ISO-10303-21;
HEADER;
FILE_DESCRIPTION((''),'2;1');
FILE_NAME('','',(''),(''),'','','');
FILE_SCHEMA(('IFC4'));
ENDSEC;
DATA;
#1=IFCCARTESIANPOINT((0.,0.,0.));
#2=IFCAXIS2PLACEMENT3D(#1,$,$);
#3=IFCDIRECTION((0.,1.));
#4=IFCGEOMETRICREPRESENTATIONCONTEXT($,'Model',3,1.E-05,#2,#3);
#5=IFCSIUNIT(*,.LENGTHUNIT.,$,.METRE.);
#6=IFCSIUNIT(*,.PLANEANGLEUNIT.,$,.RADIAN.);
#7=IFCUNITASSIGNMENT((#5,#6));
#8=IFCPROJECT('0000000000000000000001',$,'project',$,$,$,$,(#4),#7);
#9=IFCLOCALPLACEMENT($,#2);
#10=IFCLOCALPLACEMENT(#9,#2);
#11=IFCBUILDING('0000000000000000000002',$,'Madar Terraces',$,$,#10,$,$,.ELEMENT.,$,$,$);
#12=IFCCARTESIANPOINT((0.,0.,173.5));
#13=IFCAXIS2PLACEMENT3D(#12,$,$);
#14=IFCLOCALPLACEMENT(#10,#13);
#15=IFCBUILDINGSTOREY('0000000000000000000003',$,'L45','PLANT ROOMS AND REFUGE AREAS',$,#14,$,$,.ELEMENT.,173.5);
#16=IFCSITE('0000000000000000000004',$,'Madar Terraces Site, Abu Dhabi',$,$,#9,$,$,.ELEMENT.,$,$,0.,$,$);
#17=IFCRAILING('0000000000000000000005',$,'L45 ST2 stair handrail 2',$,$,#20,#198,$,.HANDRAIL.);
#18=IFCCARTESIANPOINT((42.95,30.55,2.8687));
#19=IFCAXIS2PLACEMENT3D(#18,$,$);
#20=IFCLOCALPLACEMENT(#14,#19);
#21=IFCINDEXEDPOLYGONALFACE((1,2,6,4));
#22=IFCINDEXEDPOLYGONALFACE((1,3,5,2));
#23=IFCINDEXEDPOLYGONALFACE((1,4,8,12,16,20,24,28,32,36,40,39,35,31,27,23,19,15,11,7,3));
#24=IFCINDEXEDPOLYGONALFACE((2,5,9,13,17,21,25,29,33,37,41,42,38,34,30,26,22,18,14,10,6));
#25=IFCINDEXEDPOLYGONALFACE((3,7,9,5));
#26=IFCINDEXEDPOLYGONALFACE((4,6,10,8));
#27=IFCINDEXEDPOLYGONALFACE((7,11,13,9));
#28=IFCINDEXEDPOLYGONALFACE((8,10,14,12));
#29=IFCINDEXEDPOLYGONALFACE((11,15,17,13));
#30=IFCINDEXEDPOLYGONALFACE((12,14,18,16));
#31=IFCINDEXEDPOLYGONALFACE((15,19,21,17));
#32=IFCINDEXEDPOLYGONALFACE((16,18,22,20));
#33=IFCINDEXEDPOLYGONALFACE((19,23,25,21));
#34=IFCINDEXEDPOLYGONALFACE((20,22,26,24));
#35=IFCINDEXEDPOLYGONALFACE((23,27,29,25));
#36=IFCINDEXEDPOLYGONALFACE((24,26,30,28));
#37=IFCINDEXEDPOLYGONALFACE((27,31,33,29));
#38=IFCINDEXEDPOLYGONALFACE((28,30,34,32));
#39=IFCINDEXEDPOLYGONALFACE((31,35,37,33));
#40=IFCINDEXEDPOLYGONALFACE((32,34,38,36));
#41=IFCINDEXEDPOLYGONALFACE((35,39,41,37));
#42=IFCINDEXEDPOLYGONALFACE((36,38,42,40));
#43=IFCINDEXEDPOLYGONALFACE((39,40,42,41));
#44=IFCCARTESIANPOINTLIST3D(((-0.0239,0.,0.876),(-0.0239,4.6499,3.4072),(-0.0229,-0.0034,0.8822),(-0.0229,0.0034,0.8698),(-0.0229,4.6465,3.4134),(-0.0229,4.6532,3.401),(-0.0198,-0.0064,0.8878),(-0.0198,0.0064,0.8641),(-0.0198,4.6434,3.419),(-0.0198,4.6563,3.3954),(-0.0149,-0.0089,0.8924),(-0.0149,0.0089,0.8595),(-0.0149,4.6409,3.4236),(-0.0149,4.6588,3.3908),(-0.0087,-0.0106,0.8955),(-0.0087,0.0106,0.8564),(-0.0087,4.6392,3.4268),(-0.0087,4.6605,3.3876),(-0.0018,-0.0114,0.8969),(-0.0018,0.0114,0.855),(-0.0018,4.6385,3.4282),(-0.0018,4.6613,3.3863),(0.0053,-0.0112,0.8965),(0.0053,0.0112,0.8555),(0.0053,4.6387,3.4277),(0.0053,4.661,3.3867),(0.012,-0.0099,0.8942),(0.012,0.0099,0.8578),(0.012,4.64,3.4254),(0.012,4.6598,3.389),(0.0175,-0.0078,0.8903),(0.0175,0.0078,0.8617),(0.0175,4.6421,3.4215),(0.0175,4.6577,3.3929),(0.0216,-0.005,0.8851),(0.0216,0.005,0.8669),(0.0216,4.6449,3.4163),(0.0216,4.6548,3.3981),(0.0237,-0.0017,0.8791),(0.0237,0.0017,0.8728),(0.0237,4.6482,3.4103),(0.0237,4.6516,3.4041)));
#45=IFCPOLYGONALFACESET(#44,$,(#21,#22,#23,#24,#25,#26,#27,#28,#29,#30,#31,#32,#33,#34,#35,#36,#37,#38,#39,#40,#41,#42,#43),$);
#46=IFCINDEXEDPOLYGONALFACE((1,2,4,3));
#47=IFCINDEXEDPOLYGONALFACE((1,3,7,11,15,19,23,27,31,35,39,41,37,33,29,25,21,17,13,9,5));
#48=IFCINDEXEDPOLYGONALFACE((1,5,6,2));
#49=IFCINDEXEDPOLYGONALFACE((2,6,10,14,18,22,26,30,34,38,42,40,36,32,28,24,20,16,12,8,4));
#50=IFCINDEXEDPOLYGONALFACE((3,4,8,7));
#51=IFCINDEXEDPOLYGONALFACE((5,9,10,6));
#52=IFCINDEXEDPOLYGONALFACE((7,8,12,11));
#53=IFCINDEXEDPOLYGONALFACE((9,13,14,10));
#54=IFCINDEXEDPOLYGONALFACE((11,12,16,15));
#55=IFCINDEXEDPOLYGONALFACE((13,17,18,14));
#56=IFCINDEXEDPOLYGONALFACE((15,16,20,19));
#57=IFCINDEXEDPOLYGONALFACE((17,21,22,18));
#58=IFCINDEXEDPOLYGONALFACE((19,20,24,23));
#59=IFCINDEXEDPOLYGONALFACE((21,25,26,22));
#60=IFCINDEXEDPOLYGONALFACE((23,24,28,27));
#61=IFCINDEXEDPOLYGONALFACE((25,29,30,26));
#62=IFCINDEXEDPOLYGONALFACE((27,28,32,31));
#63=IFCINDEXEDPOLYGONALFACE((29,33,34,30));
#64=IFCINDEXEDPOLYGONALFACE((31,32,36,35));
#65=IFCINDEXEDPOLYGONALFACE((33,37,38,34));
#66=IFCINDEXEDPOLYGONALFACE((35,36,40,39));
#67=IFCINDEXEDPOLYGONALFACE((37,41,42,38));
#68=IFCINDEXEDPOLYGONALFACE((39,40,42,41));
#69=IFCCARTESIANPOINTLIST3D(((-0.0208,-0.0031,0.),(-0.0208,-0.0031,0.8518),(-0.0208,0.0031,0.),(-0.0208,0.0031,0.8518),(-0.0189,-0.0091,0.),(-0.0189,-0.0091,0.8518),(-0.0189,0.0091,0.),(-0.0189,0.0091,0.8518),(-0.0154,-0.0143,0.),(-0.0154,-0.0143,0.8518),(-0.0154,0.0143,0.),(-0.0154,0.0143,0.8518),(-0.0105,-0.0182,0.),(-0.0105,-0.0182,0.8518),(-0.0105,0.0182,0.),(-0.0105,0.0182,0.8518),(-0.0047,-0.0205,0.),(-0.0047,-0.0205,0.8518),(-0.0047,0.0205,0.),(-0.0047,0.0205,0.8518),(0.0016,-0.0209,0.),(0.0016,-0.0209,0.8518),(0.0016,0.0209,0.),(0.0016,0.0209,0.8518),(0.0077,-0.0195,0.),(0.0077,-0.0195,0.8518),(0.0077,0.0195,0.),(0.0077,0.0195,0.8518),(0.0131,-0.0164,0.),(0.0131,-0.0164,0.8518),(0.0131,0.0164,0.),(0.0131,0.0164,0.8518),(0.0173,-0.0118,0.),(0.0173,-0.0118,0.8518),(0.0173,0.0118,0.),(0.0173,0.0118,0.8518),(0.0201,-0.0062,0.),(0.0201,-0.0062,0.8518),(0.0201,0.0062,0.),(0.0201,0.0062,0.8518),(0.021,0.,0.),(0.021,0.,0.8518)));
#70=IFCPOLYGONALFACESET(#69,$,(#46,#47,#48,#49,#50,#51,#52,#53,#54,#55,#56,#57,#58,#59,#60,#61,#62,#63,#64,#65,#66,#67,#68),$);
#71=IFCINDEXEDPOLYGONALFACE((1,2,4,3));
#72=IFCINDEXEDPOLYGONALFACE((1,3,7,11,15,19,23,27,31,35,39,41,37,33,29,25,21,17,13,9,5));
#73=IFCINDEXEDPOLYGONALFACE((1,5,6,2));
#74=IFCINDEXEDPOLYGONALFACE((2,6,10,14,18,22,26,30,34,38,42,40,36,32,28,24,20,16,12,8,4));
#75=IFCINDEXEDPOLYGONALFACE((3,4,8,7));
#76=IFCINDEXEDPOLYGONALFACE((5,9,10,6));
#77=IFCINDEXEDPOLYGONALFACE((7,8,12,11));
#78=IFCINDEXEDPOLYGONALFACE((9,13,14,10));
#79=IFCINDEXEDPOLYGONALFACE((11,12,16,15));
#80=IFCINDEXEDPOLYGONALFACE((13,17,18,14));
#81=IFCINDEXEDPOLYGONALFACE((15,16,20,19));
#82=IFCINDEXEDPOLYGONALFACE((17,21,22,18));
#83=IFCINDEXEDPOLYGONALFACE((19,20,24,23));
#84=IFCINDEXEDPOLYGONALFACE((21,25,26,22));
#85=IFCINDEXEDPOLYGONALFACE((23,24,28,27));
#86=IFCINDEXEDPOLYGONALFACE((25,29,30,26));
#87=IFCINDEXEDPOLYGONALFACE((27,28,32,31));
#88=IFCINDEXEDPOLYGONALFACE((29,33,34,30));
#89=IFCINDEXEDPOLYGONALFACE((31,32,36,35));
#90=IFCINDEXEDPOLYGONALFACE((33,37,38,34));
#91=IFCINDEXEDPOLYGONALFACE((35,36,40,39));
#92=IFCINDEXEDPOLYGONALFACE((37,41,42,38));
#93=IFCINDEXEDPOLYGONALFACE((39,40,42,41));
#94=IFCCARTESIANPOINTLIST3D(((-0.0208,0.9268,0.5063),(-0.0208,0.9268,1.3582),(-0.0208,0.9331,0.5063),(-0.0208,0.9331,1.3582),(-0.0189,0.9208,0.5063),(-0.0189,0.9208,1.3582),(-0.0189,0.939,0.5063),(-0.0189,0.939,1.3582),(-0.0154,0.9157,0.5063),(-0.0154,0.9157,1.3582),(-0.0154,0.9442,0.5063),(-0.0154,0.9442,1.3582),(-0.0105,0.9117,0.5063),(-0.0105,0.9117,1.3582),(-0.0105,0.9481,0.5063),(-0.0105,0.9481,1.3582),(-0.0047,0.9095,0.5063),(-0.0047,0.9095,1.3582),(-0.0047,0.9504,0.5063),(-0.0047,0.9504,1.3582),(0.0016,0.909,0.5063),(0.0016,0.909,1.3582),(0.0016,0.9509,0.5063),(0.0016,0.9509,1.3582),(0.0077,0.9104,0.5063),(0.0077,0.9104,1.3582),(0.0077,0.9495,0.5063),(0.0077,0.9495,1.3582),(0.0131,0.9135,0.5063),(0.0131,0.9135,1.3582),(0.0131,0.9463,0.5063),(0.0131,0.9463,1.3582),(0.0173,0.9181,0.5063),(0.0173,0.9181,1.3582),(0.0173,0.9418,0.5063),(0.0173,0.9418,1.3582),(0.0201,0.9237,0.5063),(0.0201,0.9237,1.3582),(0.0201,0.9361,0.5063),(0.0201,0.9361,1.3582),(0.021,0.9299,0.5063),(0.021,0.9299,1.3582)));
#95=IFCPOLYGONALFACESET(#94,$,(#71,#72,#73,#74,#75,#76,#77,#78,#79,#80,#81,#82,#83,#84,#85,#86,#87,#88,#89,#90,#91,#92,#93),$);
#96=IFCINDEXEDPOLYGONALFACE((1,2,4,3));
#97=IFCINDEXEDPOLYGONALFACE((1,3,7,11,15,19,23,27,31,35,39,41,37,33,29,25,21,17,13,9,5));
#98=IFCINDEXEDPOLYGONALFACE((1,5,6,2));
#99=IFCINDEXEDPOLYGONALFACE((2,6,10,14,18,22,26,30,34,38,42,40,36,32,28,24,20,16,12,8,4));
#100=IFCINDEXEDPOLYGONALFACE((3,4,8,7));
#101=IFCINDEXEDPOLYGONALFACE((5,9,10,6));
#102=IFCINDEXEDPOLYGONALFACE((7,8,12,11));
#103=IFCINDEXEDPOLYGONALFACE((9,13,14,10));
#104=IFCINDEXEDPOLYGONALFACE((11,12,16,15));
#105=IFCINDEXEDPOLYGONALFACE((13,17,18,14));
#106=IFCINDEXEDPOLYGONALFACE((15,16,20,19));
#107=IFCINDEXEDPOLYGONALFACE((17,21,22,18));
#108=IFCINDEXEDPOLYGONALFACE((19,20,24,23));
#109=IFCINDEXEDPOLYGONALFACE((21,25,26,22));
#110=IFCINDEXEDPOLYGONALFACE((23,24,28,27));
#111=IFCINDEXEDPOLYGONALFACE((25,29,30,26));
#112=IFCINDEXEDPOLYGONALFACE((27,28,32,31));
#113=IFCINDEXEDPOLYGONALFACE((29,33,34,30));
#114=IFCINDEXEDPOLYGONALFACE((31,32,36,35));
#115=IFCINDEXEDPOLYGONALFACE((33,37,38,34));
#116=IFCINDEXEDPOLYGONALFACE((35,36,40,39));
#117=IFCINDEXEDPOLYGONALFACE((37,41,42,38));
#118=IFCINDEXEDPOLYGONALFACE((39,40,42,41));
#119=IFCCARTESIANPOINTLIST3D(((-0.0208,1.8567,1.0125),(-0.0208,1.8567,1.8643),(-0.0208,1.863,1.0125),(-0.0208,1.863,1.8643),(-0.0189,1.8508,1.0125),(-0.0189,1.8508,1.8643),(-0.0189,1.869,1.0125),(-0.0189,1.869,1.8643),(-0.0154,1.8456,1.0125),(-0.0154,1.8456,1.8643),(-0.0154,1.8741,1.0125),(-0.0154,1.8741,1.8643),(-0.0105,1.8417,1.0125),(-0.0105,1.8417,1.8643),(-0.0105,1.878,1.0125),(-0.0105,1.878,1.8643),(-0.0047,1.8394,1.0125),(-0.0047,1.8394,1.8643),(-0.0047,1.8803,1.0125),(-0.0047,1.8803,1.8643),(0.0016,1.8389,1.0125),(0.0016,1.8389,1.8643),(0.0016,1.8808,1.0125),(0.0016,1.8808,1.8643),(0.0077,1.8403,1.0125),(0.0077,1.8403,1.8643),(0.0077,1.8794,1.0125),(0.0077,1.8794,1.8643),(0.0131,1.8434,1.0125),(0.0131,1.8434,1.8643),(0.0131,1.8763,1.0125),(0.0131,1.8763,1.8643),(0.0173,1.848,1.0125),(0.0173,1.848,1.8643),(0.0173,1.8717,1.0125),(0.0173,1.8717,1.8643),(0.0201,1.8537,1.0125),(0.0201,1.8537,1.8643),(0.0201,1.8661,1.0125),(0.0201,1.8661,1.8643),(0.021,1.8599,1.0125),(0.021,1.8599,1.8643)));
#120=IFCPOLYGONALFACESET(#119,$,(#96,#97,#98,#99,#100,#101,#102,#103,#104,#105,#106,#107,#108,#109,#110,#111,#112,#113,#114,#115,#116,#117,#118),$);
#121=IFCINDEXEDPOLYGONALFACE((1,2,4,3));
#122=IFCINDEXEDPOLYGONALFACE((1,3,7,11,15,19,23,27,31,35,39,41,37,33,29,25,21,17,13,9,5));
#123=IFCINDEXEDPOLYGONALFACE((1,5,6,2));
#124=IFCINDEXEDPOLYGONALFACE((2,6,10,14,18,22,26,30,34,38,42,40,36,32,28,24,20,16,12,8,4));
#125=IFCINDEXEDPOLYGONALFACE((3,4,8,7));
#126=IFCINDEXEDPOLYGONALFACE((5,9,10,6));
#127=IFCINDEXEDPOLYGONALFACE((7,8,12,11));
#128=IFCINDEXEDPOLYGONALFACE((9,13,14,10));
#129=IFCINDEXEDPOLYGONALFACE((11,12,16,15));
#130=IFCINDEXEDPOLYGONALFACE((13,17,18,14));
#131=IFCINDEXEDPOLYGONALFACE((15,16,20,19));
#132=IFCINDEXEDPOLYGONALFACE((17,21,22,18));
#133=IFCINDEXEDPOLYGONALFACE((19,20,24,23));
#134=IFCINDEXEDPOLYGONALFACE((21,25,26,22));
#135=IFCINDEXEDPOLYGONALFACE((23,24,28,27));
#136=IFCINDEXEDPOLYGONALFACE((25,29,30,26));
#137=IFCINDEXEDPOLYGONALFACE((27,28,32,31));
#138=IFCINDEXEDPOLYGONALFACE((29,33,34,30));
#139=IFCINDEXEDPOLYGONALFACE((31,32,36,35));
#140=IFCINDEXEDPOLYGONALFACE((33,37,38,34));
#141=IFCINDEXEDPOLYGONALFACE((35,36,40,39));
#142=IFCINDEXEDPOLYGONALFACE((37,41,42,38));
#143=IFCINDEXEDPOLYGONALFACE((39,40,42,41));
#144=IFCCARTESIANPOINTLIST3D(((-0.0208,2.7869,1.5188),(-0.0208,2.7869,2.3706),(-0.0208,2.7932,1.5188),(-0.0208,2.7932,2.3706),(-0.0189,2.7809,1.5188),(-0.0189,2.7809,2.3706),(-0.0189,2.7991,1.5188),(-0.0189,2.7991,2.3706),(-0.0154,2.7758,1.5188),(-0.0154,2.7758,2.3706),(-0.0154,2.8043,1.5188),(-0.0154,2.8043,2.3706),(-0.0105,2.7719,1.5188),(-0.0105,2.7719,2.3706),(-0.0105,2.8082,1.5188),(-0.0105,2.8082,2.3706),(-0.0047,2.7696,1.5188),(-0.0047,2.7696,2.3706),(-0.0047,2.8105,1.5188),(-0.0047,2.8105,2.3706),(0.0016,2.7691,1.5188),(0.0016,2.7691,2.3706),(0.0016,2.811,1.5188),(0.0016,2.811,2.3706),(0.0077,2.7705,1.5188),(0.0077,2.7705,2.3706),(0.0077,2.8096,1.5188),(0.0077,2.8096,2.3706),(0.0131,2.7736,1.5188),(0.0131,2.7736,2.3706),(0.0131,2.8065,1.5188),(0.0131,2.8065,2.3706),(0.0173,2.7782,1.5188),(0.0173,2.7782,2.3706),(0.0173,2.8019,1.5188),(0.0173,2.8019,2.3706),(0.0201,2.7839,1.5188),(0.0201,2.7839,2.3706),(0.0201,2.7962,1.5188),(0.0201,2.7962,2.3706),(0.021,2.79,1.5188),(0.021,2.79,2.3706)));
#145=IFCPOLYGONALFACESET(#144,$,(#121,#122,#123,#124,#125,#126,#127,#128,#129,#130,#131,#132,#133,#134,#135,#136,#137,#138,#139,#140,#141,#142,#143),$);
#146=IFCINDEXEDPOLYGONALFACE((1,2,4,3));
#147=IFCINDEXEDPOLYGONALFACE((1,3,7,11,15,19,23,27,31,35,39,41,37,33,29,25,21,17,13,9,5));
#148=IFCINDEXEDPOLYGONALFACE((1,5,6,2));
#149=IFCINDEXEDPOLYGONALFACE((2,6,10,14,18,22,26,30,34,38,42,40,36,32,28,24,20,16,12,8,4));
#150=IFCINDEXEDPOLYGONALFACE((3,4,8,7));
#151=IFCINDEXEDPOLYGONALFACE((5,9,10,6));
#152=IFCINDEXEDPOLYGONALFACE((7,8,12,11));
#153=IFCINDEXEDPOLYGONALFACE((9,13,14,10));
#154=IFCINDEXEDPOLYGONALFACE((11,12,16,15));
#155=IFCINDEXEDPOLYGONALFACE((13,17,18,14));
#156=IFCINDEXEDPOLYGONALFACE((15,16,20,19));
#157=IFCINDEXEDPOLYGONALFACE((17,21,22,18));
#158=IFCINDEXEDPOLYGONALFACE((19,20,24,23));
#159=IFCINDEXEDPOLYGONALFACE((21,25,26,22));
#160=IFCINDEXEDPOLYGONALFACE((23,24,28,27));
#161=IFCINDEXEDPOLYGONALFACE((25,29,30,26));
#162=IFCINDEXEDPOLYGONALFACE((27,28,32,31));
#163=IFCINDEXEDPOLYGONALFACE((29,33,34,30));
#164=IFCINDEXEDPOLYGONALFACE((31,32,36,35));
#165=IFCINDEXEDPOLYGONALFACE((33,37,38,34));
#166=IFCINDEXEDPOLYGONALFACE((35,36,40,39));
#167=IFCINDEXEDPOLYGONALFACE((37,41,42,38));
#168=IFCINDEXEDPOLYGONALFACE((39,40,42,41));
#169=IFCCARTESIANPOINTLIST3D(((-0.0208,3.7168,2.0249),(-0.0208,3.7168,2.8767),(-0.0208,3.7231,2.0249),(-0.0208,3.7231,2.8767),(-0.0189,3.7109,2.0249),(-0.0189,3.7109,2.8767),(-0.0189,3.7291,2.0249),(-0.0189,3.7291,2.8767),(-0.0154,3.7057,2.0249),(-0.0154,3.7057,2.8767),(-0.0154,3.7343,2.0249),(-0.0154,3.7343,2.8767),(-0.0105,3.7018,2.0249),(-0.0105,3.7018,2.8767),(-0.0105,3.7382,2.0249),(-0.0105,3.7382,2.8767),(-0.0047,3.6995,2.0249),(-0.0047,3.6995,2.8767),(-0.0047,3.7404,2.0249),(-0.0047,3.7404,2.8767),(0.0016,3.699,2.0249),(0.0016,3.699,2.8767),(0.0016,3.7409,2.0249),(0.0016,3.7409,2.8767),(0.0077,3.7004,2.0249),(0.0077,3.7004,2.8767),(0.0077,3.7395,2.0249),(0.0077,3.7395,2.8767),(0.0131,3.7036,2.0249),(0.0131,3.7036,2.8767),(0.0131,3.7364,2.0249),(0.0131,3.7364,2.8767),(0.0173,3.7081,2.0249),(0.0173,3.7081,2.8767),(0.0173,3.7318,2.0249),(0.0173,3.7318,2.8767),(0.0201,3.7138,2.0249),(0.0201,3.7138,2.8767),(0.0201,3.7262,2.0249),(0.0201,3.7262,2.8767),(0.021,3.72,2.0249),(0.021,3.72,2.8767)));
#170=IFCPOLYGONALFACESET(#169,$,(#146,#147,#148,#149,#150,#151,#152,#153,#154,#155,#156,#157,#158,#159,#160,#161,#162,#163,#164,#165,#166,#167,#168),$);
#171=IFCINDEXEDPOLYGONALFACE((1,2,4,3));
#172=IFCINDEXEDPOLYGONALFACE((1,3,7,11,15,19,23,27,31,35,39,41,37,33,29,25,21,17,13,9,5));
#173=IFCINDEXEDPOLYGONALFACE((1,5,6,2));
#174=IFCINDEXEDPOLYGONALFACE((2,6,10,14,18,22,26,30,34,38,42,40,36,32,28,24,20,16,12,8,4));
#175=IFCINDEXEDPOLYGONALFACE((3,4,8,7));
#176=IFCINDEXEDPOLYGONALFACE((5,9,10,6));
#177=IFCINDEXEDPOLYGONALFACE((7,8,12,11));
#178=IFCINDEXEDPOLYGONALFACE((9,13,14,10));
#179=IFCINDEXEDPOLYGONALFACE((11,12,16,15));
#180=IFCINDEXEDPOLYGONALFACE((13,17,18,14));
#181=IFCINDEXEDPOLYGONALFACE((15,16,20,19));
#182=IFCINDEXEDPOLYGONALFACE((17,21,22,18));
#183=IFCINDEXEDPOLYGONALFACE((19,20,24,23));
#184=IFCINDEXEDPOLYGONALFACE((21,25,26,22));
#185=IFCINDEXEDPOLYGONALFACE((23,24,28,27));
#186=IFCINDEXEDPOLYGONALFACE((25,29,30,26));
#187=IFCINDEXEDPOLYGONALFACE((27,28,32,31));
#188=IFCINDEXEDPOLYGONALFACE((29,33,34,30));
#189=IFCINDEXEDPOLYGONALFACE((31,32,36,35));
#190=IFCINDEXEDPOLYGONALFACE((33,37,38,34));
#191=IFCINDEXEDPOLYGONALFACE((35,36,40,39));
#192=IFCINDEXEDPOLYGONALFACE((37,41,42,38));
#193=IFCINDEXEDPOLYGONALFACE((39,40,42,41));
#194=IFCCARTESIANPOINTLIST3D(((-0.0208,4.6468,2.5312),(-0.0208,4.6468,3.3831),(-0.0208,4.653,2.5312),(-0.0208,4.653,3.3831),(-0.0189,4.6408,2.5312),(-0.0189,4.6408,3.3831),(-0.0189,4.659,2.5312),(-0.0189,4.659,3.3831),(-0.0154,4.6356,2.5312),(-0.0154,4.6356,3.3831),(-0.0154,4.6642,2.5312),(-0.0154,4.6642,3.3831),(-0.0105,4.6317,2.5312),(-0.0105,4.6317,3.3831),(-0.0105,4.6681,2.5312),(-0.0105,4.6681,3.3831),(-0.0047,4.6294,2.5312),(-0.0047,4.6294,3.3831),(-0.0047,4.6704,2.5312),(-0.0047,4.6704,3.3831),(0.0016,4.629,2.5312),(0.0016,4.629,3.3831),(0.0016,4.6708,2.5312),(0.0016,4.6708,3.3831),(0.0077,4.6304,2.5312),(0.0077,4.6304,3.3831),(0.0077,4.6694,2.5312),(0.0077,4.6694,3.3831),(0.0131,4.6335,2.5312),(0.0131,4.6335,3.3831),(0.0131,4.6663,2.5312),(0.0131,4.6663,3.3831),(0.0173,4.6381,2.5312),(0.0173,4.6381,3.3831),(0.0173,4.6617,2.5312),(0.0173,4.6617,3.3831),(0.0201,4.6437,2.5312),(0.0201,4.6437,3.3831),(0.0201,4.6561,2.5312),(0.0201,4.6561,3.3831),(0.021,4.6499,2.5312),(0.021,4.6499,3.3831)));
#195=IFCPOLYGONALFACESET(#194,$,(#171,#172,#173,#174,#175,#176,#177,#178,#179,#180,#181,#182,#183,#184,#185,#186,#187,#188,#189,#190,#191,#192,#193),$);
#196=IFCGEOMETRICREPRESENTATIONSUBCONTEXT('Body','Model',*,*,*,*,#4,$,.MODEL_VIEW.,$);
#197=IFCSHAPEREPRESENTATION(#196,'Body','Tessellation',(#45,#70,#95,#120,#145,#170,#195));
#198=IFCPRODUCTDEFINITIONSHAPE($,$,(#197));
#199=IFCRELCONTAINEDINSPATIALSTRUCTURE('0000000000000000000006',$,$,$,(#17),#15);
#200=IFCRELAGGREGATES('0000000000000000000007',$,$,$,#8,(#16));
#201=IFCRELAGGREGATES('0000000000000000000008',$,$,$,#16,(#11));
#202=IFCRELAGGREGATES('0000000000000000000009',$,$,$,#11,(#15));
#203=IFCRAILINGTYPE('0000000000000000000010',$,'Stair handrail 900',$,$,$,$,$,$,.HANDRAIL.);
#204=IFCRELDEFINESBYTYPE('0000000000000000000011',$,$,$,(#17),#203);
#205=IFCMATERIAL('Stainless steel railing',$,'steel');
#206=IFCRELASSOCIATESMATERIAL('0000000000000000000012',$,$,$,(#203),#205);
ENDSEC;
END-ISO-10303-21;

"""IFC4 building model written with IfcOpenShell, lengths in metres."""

from ifc_helpers import new_model, si_unit, direction, frame, origin, origin_2d, place, context, subcontext, project, spatial, circle, extrude, material, type_object, element, save


model = new_model("IFC4")

# Units and contexts
model_context = context("Model", 3, precision=1e-05, world=origin(), true_north=direction((0.0, 1.0)))
body_context = subcontext(model_context, "Body", "Model", "MODEL_VIEW")
ifc_project = project(units=[si_unit("LENGTHUNIT", "METRE"), si_unit("PLANEANGLEUNIT", "RADIAN")], contexts=[model_context])

# Site, building, storey
site_placement = place(None, origin())
site = spatial("IfcSite", under=ifc_project, at=site_placement, Name="Madar Terraces Site, Abu Dhabi", CompositionType="ELEMENT", RefElevation=0.0)
building_placement = place(site_placement, origin())
building = spatial("IfcBuilding", under=site, at=building_placement, Name="Madar Terraces", CompositionType="ELEMENT")
storey_placement = place(building_placement, frame((0.0, 0.0, 173.5)))
storey = spatial("IfcBuildingStorey", under=building, at=storey_placement, Name="L45", Description="PLANT ROOMS AND REFUGE AREAS", CompositionType="ELEMENT", Elevation=173.5)

# Railing
ifc_material_1 = material(Name="Stainless steel railing", Category="steel")
railing_type_1 = type_object("IfcRailingType", Name="Stair handrail 900", PredefinedType="HANDRAIL", material=ifc_material_1)
railing_placement = place(storey_placement, frame((42.95, 30.55, 2.8687)))
element("IfcRailing", 1, at=railing_placement, inside=storey, type_object=railing_type_1, Name="L45 ST2 stair handrail 2", PredefinedType="HANDRAIL", context=body_context, shape_type="SweptSolid", body=[
    extrude(circle(Radius=0.0239, at=origin_2d()), frame((0.0, 0.0, 0.876), z_axis=(0.0, 0.878297, 0.478115), x_axis=(-1.0, 0.0, 0.0)), (0.0, 0.0, 1.0), 5.2942),
    extrude(circle(Radius=0.021, at=origin_2d()), origin(), (0.0, 0.0, 1.0), 0.8518),
    extrude(circle(Radius=0.021, at=origin_2d()), frame((0.0, 0.9299, 0.5063)), (0.0, 0.0, 1.0), 0.8518),
    extrude(circle(Radius=0.021, at=origin_2d()), frame((0.0, 1.8599, 1.0125)), (0.0, 0.0, 1.0), 0.8518),
    extrude(circle(Radius=0.021, at=origin_2d()), frame((0.0, 2.79, 1.5188)), (0.0, 0.0, 1.0), 0.8518),
    extrude(circle(Radius=0.021, at=origin_2d()), frame((0.0, 3.72, 2.0249)), (0.0, 0.0, 1.0), 0.8518),
    extrude(circle(Radius=0.021, at=origin_2d()), frame((0.0, 4.6499, 2.5312)), (0.0, 0.0, 1.0), 0.8518),
])

save(model, "model.ifc")
